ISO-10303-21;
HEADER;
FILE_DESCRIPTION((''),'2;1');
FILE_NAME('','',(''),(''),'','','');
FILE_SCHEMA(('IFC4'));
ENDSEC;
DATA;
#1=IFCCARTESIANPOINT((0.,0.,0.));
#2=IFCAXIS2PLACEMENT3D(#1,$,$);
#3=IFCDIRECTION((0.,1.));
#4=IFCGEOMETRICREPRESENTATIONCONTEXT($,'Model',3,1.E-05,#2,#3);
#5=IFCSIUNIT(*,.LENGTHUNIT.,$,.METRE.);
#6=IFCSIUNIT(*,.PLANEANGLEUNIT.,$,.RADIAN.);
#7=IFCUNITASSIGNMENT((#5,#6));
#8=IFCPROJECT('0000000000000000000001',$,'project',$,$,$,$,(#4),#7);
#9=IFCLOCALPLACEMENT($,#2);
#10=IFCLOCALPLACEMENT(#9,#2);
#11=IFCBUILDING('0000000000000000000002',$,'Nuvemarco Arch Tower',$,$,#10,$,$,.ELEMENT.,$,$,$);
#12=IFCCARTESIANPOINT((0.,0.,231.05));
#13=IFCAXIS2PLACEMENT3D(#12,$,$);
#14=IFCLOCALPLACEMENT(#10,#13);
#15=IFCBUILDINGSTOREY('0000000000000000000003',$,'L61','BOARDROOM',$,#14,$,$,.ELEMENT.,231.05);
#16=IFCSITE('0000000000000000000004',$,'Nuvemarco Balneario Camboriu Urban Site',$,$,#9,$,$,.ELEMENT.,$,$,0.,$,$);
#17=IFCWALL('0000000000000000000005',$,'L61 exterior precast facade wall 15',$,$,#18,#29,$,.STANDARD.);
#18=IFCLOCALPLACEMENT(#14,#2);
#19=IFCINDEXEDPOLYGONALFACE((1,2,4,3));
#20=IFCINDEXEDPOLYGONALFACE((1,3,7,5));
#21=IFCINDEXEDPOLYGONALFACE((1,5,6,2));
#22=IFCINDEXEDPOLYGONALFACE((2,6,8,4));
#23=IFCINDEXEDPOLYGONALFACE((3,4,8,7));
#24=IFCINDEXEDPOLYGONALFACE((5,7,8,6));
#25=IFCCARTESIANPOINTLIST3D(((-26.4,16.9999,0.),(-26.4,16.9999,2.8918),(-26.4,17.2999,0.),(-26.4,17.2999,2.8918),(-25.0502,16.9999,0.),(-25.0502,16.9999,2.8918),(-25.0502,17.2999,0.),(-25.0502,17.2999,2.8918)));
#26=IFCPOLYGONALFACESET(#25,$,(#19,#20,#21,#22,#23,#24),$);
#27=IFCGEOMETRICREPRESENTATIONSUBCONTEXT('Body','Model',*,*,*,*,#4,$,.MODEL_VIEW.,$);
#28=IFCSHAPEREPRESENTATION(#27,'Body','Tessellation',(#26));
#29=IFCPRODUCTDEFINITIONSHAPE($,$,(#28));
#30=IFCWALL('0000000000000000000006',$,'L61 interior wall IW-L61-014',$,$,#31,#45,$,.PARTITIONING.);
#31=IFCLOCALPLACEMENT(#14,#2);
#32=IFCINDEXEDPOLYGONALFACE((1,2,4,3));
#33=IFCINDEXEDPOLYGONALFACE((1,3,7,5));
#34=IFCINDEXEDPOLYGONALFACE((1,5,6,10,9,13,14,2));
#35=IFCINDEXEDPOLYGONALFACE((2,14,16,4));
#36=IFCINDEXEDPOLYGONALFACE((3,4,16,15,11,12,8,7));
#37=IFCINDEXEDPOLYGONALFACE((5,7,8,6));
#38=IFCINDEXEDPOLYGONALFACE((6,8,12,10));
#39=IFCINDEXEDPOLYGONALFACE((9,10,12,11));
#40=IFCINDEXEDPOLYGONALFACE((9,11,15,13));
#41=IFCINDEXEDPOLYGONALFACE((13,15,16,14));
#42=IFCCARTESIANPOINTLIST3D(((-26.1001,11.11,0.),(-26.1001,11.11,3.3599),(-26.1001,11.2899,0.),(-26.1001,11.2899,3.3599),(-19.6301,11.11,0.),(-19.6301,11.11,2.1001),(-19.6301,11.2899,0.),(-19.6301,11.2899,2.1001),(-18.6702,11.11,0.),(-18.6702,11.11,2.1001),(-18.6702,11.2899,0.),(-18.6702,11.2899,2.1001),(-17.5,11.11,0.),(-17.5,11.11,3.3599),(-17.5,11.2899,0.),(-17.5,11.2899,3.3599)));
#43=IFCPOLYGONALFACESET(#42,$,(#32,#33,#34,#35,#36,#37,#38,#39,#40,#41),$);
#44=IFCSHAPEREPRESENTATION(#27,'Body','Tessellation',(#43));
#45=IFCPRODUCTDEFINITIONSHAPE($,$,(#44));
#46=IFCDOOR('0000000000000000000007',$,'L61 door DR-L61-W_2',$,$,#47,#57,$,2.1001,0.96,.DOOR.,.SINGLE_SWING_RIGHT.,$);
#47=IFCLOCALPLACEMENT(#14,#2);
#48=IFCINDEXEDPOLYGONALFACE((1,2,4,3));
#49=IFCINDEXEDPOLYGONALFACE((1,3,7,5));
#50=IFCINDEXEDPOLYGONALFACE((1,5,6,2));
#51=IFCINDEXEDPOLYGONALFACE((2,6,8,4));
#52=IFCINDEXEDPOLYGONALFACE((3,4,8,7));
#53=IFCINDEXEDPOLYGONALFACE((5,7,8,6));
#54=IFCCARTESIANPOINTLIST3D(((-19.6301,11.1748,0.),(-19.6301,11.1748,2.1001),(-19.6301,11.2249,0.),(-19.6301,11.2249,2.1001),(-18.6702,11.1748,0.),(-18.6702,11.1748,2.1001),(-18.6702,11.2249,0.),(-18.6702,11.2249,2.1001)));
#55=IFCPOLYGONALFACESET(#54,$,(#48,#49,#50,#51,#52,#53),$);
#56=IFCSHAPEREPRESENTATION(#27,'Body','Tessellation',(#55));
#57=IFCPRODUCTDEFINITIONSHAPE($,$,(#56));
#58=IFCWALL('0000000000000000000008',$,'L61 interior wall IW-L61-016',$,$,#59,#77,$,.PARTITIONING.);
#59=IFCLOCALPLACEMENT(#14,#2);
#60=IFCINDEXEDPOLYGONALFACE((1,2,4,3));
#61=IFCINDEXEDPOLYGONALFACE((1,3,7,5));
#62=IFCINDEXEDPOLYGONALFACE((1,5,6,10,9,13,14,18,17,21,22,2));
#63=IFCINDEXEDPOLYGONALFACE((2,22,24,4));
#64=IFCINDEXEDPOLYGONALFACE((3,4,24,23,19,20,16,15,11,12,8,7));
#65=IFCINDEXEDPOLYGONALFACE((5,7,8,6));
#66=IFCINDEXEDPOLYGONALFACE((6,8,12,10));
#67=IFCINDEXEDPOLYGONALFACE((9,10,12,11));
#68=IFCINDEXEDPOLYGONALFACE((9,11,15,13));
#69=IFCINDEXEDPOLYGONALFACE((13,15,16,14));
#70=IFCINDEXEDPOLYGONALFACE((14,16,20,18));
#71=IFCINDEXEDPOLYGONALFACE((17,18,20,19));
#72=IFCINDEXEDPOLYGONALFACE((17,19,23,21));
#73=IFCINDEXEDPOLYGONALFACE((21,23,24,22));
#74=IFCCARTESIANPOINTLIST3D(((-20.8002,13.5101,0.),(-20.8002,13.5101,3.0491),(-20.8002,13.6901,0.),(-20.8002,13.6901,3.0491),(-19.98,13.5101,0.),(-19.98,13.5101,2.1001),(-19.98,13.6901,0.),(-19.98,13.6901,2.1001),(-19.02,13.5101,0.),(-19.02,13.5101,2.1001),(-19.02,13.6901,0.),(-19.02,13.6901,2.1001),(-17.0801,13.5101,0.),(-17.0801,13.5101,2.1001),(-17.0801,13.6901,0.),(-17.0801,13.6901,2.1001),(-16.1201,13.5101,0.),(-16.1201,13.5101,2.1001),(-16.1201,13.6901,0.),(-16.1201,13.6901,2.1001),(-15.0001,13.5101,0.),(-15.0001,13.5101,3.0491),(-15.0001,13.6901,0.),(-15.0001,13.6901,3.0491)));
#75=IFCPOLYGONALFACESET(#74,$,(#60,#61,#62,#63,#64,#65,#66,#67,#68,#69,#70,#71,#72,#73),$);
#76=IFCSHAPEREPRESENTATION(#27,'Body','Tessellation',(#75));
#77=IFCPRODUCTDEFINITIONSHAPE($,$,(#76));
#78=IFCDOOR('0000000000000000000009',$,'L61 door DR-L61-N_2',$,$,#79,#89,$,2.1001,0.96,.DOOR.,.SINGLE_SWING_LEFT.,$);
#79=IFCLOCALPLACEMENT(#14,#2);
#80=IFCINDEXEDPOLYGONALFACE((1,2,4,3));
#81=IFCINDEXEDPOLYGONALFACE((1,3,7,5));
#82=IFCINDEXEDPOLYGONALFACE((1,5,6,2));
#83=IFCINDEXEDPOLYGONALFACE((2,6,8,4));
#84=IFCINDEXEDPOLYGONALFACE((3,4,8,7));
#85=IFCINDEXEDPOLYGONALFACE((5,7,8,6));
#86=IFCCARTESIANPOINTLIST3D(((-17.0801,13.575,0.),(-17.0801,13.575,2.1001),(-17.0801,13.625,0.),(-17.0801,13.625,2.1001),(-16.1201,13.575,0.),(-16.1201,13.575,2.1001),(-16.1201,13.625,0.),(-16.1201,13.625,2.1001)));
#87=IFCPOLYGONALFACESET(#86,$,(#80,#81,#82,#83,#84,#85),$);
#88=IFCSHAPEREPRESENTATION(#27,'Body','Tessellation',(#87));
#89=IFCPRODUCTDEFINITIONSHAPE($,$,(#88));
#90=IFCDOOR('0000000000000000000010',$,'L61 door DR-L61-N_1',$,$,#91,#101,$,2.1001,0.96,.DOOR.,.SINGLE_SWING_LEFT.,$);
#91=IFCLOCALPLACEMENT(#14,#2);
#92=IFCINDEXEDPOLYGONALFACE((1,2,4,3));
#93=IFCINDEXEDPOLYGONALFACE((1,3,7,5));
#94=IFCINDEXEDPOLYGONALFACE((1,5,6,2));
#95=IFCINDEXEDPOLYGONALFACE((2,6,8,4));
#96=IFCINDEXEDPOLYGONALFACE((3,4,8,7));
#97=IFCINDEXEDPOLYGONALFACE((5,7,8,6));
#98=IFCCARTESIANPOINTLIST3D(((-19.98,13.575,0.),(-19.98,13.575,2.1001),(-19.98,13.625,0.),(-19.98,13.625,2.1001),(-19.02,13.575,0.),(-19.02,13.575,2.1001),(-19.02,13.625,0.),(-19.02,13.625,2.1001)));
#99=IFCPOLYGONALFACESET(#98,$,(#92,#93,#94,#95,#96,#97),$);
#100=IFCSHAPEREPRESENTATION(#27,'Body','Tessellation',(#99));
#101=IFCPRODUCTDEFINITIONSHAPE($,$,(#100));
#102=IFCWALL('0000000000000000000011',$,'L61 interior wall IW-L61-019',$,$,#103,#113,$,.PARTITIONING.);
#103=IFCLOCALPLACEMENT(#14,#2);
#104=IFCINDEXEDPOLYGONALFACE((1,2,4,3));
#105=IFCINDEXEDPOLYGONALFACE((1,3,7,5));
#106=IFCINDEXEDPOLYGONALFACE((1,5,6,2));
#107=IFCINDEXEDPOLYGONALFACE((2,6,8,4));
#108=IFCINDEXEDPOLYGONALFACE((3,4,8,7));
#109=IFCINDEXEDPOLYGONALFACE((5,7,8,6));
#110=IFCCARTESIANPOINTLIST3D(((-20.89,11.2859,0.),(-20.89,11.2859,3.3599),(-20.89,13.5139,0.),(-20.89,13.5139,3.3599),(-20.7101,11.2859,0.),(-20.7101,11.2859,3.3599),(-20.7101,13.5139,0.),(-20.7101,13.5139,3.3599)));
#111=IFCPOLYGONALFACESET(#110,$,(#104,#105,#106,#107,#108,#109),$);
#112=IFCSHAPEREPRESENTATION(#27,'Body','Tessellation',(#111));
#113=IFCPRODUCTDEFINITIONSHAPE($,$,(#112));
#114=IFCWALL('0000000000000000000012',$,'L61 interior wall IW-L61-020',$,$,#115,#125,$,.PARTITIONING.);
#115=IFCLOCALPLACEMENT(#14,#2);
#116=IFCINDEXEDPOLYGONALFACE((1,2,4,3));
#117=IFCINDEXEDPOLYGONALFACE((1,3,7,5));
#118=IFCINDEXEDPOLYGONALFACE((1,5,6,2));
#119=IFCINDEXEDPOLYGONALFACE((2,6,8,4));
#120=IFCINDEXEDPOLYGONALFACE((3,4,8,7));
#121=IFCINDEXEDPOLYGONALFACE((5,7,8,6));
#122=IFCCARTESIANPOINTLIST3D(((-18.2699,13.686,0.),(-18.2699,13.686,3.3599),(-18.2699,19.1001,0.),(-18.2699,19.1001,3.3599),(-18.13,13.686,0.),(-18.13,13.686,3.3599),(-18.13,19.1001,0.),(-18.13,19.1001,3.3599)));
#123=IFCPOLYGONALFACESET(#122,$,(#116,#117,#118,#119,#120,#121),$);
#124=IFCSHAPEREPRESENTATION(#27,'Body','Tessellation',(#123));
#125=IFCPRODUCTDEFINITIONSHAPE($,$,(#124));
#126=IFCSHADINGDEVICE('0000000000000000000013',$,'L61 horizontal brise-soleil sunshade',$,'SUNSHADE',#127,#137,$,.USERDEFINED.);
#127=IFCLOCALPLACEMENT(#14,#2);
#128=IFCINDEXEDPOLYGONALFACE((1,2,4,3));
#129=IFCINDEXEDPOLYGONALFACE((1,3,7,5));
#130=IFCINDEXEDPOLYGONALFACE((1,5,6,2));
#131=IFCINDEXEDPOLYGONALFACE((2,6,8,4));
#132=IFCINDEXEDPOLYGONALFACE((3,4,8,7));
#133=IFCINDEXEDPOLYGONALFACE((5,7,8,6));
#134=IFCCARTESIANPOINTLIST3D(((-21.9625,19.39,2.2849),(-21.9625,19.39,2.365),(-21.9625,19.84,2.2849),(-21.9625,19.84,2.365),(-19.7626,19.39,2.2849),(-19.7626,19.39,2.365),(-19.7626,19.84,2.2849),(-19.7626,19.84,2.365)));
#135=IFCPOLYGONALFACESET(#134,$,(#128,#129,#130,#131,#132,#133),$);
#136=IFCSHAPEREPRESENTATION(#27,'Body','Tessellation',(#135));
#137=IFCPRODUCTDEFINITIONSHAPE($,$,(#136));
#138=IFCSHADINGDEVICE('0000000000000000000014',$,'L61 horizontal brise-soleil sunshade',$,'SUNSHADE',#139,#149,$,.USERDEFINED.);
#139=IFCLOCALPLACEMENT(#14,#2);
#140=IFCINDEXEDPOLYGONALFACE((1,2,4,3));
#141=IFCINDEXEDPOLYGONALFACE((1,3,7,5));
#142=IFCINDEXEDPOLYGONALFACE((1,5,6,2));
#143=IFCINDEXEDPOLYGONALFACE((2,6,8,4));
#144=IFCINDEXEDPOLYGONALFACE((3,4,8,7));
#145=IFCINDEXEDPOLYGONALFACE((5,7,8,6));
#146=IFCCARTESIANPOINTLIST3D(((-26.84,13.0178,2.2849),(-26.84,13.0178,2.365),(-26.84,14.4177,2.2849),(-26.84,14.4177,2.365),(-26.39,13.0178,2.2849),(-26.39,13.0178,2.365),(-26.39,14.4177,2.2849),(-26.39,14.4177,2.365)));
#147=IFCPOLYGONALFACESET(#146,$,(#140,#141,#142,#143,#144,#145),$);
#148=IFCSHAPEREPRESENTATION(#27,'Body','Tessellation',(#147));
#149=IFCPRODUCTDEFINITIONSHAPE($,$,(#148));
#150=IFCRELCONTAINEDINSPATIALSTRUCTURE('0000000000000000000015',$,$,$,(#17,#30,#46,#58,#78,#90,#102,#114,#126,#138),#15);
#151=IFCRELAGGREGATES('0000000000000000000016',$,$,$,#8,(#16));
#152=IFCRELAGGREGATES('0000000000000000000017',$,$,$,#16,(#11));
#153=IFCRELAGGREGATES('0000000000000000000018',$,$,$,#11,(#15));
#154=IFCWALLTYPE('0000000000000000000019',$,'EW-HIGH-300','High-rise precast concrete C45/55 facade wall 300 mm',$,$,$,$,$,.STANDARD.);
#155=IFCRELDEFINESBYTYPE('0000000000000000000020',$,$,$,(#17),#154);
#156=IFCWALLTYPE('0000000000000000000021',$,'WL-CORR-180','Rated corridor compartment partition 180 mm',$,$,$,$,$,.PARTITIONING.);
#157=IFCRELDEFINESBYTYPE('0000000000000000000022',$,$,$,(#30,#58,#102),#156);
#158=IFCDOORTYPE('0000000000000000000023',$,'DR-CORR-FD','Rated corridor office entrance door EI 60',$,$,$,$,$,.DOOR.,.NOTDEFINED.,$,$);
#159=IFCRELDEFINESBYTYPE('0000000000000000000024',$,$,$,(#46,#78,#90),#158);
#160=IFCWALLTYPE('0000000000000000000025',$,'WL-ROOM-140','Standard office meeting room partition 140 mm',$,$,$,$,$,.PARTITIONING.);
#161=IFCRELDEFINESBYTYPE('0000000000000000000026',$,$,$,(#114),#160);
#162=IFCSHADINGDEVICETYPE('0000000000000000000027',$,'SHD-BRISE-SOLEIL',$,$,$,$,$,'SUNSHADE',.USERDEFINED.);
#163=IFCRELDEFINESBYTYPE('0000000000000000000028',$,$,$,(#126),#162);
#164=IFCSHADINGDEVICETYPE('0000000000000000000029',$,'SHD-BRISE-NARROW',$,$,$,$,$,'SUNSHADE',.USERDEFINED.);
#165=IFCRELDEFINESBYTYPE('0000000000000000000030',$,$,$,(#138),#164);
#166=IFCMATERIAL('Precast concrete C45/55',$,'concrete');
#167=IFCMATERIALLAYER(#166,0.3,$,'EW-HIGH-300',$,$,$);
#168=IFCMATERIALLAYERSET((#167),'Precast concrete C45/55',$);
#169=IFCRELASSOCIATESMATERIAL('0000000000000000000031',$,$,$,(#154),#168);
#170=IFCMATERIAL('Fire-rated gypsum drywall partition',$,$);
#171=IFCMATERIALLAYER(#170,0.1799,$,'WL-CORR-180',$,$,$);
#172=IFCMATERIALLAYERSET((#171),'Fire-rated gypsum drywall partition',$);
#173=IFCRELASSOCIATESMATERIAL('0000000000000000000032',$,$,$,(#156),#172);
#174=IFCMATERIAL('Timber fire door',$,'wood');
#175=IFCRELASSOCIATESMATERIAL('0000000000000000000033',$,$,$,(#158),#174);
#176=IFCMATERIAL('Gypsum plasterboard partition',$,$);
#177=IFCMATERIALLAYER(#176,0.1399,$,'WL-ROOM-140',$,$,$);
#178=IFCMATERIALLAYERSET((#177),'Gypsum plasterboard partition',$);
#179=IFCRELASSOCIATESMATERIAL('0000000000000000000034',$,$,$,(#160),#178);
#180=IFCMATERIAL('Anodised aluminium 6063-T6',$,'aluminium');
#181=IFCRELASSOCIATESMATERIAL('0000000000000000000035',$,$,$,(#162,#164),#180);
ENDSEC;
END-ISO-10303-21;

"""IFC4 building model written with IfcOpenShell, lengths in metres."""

from ifc_helpers import new_model, si_unit, direction, frame, frame_2d, origin, origin_2d, place, context, subcontext, project, spatial, rectangle, extrude, source, transform, mapped, material, layer, layer_set, type_object, type_shapes, element, fill, save


model = new_model("IFC4")

# Units and contexts
model_context = context("Model", 3, precision=1e-05, world=origin(), true_north=direction((0.0, 1.0)))
body_context = subcontext(model_context, "Body", "Model", "MODEL_VIEW")
ifc_project = project(units=[si_unit("LENGTHUNIT", "METRE"), si_unit("PLANEANGLEUNIT", "RADIAN")], contexts=[model_context])

# Site, building, storey
site_placement = place(None, origin())
site = spatial("IfcSite", under=ifc_project, at=site_placement, Name="Nuvemarco Balneario Camboriu Urban Site", CompositionType="ELEMENT", RefElevation=0.0)
building_placement = place(site_placement, origin())
building = spatial("IfcBuilding", under=site, at=building_placement, Name="Nuvemarco Arch Tower", CompositionType="ELEMENT")
storey_placement = place(building_placement, frame((0.0, 0.0, 231.05)))
storey = spatial("IfcBuildingStorey", under=building, at=storey_placement, Name="L61", Description="BOARDROOM", CompositionType="ELEMENT", Elevation=231.05)

# Shared definitions
ifc_material_1 = material(Name="Precast concrete C45/55", Category="concrete")
ifc_layer_1 = layer(ifc_material_1, 0.3, Name="EW-HIGH-300")
ifc_layer_set_1 = layer_set([ifc_layer_1], Name="Precast concrete C45/55")
wall_type_1 = type_object("IfcWallType", Name="EW-HIGH-300", Description="High-rise precast concrete C45/55 facade wall 300 mm", PredefinedType="STANDARD", material=ifc_layer_set_1)

# Wall
wall_1_placement = place(storey_placement, frame((-26.3999, 17.1499, 0.0), z_axis=(0.0, 0.0, 1.0), x_axis=(1.0, 0.0, 0.0)))
element("IfcWall", 1, at=wall_1_placement, inside=storey, type_object=wall_type_1, Name="L61 exterior precast facade wall 15", PredefinedType="STANDARD", context=body_context, shape_type="SweptSolid", body=[
    extrude(rectangle(XDim=1.3499, YDim=0.3, at=frame_2d((0.6748, 0.0))), origin(), (0.0, 0.0, 1.0), 2.8918),
])

# Wall, opening, door
ifc_material_2 = material(Name="Fire-rated gypsum drywall partition")
ifc_layer_2 = layer(ifc_material_2, 0.1799, Name="WL-CORR-180")
ifc_layer_set_2 = layer_set([ifc_layer_2], Name="Fire-rated gypsum drywall partition")
wall_type_2 = type_object("IfcWallType", Name="WL-CORR-180", Description="Rated corridor compartment partition 180 mm", PredefinedType="PARTITIONING", material=ifc_layer_set_2)
wall_2_placement = place(storey_placement, frame((-26.1001, 11.2, 0.0), z_axis=(0.0, 0.0, 1.0), x_axis=(1.0, 0.0, 0.0)))
wall_2 = element("IfcWall", 2, at=wall_2_placement, inside=storey, type_object=wall_type_2, Name="L61 interior wall IW-L61-014", PredefinedType="PARTITIONING", context=body_context, shape_type="SweptSolid", body=[
    extrude(rectangle(XDim=8.6001, YDim=0.1799, at=frame_2d((4.3, 0.0))), origin(), (0.0, 0.0, 1.0), 3.3599),
])
opening_1_placement = place(wall_2_placement, frame((6.47, 0.0, 0.0)))
opening_1 = element("IfcOpeningElement", 3, at=opening_1_placement, cuts=wall_2, PredefinedType="OPENING", context=body_context, shape_type="SweptSolid", body=[
    extrude(rectangle(XDim=0.96, YDim=2.1001, at=frame_2d((0.48, 1.05))), frame((0.0, 0.0999, 0.0), z_axis=(0.0, -1.0, 0.0), x_axis=(1.0, 0.0, 0.0)), (0.0, 0.0, 1.0), 0.2),
])
ifc_material_3 = material(Name="Timber fire door", Category="wood")
door_type_1 = type_object("IfcDoorType", Name="DR-CORR-FD", Description="Rated corridor office entrance door EI 60", OperationType="NOTDEFINED", PredefinedType="DOOR", material=ifc_material_3)
shared_shape_1 = source(origin(), body_context, "Body", "SweptSolid", [
    extrude(rectangle(XDim=0.96, YDim=2.1001, at=frame_2d((0.48, 1.05))), frame((0.0, 0.0249, 0.0), z_axis=(0.0, -1.0, 0.0), x_axis=(1.0, 0.0, 0.0)), (0.0, 0.0, 1.0), 0.05),
])
type_shapes(door_type_1, [shared_shape_1])
door_1_placement = place(opening_1_placement, origin())
door_1 = element("IfcDoor", 4, at=door_1_placement, inside=storey, type_object=door_type_1, Name="L61 door DR-L61-W_2", OperationType="SINGLE_SWING_RIGHT", OverallHeight=2.1001, OverallWidth=0.96, PredefinedType="DOOR", context=body_context, shape_type="MappedRepresentation", body=[
    mapped(shared_shape_1, transform((0.0, 0.0, 0.0), scale=1.0)),
])
fill(opening_1, door_1)

# Wall, openings, doors
wall_3_placement = place(storey_placement, frame((-20.8, 13.6001, 0.0), z_axis=(0.0, 0.0, 1.0), x_axis=(1.0, 0.0, 0.0)))
wall_3 = element("IfcWall", 5, at=wall_3_placement, inside=storey, type_object=wall_type_2, Name="L61 interior wall IW-L61-016", PredefinedType="PARTITIONING", context=body_context, shape_type="SweptSolid", body=[
    extrude(rectangle(XDim=5.8, YDim=0.1799, at=frame_2d((2.8999, 0.0))), origin(), (0.0, 0.0, 1.0), 3.0491),
])
opening_2_placement = place(wall_3_placement, frame((3.72, 0.0, 0.0)))
opening_2 = element("IfcOpeningElement", 6, at=opening_2_placement, cuts=wall_3, PredefinedType="OPENING", context=body_context, shape_type="SweptSolid", body=[
    extrude(rectangle(XDim=0.96, YDim=2.1001, at=frame_2d((0.48, 1.05))), frame((0.0, 0.0999, 0.0), z_axis=(0.0, -1.0, 0.0), x_axis=(1.0, 0.0, 0.0)), (0.0, 0.0, 1.0), 0.2),
])
opening_3_placement = place(wall_3_placement, frame((0.8201, 0.0, 0.0)))
opening_3 = element("IfcOpeningElement", 7, at=opening_3_placement, cuts=wall_3, PredefinedType="OPENING", context=body_context, shape_type="SweptSolid", body=[
    extrude(rectangle(XDim=0.96, YDim=2.1001, at=frame_2d((0.48, 1.05))), frame((0.0, 0.0999, 0.0), z_axis=(0.0, -1.0, 0.0), x_axis=(1.0, 0.0, 0.0)), (0.0, 0.0, 1.0), 0.2),
])
door_2_placement = place(opening_2_placement, origin())
door_2 = element("IfcDoor", 8, at=door_2_placement, inside=storey, type_object=door_type_1, Name="L61 door DR-L61-N_2", OperationType="SINGLE_SWING_LEFT", OverallHeight=2.1001, OverallWidth=0.96, PredefinedType="DOOR", context=body_context, shape_type="MappedRepresentation", body=[
    mapped(shared_shape_1, transform((0.0, 0.0, 0.0), scale=1.0)),
])
fill(opening_2, door_2)
door_3_placement = place(opening_3_placement, origin())
door_3 = element("IfcDoor", 9, at=door_3_placement, inside=storey, type_object=door_type_1, Name="L61 door DR-L61-N_1", OperationType="SINGLE_SWING_LEFT", OverallHeight=2.1001, OverallWidth=0.96, PredefinedType="DOOR", context=body_context, shape_type="MappedRepresentation", body=[
    mapped(shared_shape_1, transform((0.0, 0.0, 0.0), scale=1.0)),
])
fill(opening_3, door_3)

# Walls
wall_4_placement = place(storey_placement, frame((-20.8, 11.2859, 0.0), z_axis=(0.0, 0.0, 1.0), x_axis=(0.0, 1.0, 0.0)))
element("IfcWall", 10, at=wall_4_placement, inside=storey, type_object=wall_type_2, Name="L61 interior wall IW-L61-019", PredefinedType="PARTITIONING", context=body_context, shape_type="SweptSolid", body=[
    extrude(rectangle(XDim=2.228, YDim=0.1799, at=frame_2d((1.114, 0.0))), origin(), (0.0, 0.0, 1.0), 3.3599),
])
ifc_material_4 = material(Name="Gypsum plasterboard partition")
ifc_layer_3 = layer(ifc_material_4, 0.1399, Name="WL-ROOM-140")
ifc_layer_set_3 = layer_set([ifc_layer_3], Name="Gypsum plasterboard partition")
wall_type_3 = type_object("IfcWallType", Name="WL-ROOM-140", Description="Standard office meeting room partition 140 mm", PredefinedType="PARTITIONING", material=ifc_layer_set_3)
wall_5_placement = place(storey_placement, frame((-18.2, 13.686, 0.0), z_axis=(0.0, 0.0, 1.0), x_axis=(0.0, 1.0, 0.0)))
element("IfcWall", 11, at=wall_5_placement, inside=storey, type_object=wall_type_3, Name="L61 interior wall IW-L61-020", PredefinedType="PARTITIONING", context=body_context, shape_type="SweptSolid", body=[
    extrude(rectangle(XDim=5.4141, YDim=0.1399, at=frame_2d((2.707, 0.0))), origin(), (0.0, 0.0, 1.0), 3.3599),
])

# Shading devices
ifc_material_5 = material(Name="Anodised aluminium 6063-T6", Category="aluminium")
shading_device_type_1 = type_object("IfcShadingDeviceType", Name="SHD-BRISE-SOLEIL", ElementType="SUNSHADE", PredefinedType="USERDEFINED", material=ifc_material_5)
shared_shape_2 = source(origin(), body_context, "Body", "SweptSolid", [
    extrude(rectangle(XDim=2.2, YDim=0.45, at=origin_2d()), origin(), (0.0, 0.0, 1.0), 0.0801),
])
type_shapes(shading_device_type_1, [shared_shape_2])
shading_device_1_placement = place(storey_placement, frame((-20.8625, 19.615, 2.2849), z_axis=(0.0, 0.0, 1.0), x_axis=(1.0, 0.0, 0.0)))
element("IfcShadingDevice", 12, at=shading_device_1_placement, inside=storey, type_object=shading_device_type_1, Name="L61 horizontal brise-soleil sunshade", ObjectType="SUNSHADE", PredefinedType="USERDEFINED", context=body_context, shape_type="MappedRepresentation", body=[
    mapped(shared_shape_2, transform((0.0, 0.0, 0.0), scale=1.0)),
])
shading_device_type_2 = type_object("IfcShadingDeviceType", Name="SHD-BRISE-NARROW", ElementType="SUNSHADE", PredefinedType="USERDEFINED", material=ifc_material_5)
shared_shape_3 = source(origin(), body_context, "Body", "SweptSolid", [
    extrude(rectangle(XDim=1.3999, YDim=0.45, at=origin_2d()), origin(), (0.0, 0.0, 1.0), 0.0801),
])
type_shapes(shading_device_type_2, [shared_shape_3])
shading_device_2_placement = place(storey_placement, frame((-26.615, 13.7178, 2.2849), z_axis=(0.0, 0.0, 1.0), x_axis=(0.0, 1.0, 0.0)))
element("IfcShadingDevice", 13, at=shading_device_2_placement, inside=storey, type_object=shading_device_type_2, Name="L61 horizontal brise-soleil sunshade", ObjectType="SUNSHADE", PredefinedType="USERDEFINED", context=body_context, shape_type="MappedRepresentation", body=[
    mapped(shared_shape_3, transform((0.0, 0.0, 0.0), scale=1.0)),
])

save(model, "model.ifc")
